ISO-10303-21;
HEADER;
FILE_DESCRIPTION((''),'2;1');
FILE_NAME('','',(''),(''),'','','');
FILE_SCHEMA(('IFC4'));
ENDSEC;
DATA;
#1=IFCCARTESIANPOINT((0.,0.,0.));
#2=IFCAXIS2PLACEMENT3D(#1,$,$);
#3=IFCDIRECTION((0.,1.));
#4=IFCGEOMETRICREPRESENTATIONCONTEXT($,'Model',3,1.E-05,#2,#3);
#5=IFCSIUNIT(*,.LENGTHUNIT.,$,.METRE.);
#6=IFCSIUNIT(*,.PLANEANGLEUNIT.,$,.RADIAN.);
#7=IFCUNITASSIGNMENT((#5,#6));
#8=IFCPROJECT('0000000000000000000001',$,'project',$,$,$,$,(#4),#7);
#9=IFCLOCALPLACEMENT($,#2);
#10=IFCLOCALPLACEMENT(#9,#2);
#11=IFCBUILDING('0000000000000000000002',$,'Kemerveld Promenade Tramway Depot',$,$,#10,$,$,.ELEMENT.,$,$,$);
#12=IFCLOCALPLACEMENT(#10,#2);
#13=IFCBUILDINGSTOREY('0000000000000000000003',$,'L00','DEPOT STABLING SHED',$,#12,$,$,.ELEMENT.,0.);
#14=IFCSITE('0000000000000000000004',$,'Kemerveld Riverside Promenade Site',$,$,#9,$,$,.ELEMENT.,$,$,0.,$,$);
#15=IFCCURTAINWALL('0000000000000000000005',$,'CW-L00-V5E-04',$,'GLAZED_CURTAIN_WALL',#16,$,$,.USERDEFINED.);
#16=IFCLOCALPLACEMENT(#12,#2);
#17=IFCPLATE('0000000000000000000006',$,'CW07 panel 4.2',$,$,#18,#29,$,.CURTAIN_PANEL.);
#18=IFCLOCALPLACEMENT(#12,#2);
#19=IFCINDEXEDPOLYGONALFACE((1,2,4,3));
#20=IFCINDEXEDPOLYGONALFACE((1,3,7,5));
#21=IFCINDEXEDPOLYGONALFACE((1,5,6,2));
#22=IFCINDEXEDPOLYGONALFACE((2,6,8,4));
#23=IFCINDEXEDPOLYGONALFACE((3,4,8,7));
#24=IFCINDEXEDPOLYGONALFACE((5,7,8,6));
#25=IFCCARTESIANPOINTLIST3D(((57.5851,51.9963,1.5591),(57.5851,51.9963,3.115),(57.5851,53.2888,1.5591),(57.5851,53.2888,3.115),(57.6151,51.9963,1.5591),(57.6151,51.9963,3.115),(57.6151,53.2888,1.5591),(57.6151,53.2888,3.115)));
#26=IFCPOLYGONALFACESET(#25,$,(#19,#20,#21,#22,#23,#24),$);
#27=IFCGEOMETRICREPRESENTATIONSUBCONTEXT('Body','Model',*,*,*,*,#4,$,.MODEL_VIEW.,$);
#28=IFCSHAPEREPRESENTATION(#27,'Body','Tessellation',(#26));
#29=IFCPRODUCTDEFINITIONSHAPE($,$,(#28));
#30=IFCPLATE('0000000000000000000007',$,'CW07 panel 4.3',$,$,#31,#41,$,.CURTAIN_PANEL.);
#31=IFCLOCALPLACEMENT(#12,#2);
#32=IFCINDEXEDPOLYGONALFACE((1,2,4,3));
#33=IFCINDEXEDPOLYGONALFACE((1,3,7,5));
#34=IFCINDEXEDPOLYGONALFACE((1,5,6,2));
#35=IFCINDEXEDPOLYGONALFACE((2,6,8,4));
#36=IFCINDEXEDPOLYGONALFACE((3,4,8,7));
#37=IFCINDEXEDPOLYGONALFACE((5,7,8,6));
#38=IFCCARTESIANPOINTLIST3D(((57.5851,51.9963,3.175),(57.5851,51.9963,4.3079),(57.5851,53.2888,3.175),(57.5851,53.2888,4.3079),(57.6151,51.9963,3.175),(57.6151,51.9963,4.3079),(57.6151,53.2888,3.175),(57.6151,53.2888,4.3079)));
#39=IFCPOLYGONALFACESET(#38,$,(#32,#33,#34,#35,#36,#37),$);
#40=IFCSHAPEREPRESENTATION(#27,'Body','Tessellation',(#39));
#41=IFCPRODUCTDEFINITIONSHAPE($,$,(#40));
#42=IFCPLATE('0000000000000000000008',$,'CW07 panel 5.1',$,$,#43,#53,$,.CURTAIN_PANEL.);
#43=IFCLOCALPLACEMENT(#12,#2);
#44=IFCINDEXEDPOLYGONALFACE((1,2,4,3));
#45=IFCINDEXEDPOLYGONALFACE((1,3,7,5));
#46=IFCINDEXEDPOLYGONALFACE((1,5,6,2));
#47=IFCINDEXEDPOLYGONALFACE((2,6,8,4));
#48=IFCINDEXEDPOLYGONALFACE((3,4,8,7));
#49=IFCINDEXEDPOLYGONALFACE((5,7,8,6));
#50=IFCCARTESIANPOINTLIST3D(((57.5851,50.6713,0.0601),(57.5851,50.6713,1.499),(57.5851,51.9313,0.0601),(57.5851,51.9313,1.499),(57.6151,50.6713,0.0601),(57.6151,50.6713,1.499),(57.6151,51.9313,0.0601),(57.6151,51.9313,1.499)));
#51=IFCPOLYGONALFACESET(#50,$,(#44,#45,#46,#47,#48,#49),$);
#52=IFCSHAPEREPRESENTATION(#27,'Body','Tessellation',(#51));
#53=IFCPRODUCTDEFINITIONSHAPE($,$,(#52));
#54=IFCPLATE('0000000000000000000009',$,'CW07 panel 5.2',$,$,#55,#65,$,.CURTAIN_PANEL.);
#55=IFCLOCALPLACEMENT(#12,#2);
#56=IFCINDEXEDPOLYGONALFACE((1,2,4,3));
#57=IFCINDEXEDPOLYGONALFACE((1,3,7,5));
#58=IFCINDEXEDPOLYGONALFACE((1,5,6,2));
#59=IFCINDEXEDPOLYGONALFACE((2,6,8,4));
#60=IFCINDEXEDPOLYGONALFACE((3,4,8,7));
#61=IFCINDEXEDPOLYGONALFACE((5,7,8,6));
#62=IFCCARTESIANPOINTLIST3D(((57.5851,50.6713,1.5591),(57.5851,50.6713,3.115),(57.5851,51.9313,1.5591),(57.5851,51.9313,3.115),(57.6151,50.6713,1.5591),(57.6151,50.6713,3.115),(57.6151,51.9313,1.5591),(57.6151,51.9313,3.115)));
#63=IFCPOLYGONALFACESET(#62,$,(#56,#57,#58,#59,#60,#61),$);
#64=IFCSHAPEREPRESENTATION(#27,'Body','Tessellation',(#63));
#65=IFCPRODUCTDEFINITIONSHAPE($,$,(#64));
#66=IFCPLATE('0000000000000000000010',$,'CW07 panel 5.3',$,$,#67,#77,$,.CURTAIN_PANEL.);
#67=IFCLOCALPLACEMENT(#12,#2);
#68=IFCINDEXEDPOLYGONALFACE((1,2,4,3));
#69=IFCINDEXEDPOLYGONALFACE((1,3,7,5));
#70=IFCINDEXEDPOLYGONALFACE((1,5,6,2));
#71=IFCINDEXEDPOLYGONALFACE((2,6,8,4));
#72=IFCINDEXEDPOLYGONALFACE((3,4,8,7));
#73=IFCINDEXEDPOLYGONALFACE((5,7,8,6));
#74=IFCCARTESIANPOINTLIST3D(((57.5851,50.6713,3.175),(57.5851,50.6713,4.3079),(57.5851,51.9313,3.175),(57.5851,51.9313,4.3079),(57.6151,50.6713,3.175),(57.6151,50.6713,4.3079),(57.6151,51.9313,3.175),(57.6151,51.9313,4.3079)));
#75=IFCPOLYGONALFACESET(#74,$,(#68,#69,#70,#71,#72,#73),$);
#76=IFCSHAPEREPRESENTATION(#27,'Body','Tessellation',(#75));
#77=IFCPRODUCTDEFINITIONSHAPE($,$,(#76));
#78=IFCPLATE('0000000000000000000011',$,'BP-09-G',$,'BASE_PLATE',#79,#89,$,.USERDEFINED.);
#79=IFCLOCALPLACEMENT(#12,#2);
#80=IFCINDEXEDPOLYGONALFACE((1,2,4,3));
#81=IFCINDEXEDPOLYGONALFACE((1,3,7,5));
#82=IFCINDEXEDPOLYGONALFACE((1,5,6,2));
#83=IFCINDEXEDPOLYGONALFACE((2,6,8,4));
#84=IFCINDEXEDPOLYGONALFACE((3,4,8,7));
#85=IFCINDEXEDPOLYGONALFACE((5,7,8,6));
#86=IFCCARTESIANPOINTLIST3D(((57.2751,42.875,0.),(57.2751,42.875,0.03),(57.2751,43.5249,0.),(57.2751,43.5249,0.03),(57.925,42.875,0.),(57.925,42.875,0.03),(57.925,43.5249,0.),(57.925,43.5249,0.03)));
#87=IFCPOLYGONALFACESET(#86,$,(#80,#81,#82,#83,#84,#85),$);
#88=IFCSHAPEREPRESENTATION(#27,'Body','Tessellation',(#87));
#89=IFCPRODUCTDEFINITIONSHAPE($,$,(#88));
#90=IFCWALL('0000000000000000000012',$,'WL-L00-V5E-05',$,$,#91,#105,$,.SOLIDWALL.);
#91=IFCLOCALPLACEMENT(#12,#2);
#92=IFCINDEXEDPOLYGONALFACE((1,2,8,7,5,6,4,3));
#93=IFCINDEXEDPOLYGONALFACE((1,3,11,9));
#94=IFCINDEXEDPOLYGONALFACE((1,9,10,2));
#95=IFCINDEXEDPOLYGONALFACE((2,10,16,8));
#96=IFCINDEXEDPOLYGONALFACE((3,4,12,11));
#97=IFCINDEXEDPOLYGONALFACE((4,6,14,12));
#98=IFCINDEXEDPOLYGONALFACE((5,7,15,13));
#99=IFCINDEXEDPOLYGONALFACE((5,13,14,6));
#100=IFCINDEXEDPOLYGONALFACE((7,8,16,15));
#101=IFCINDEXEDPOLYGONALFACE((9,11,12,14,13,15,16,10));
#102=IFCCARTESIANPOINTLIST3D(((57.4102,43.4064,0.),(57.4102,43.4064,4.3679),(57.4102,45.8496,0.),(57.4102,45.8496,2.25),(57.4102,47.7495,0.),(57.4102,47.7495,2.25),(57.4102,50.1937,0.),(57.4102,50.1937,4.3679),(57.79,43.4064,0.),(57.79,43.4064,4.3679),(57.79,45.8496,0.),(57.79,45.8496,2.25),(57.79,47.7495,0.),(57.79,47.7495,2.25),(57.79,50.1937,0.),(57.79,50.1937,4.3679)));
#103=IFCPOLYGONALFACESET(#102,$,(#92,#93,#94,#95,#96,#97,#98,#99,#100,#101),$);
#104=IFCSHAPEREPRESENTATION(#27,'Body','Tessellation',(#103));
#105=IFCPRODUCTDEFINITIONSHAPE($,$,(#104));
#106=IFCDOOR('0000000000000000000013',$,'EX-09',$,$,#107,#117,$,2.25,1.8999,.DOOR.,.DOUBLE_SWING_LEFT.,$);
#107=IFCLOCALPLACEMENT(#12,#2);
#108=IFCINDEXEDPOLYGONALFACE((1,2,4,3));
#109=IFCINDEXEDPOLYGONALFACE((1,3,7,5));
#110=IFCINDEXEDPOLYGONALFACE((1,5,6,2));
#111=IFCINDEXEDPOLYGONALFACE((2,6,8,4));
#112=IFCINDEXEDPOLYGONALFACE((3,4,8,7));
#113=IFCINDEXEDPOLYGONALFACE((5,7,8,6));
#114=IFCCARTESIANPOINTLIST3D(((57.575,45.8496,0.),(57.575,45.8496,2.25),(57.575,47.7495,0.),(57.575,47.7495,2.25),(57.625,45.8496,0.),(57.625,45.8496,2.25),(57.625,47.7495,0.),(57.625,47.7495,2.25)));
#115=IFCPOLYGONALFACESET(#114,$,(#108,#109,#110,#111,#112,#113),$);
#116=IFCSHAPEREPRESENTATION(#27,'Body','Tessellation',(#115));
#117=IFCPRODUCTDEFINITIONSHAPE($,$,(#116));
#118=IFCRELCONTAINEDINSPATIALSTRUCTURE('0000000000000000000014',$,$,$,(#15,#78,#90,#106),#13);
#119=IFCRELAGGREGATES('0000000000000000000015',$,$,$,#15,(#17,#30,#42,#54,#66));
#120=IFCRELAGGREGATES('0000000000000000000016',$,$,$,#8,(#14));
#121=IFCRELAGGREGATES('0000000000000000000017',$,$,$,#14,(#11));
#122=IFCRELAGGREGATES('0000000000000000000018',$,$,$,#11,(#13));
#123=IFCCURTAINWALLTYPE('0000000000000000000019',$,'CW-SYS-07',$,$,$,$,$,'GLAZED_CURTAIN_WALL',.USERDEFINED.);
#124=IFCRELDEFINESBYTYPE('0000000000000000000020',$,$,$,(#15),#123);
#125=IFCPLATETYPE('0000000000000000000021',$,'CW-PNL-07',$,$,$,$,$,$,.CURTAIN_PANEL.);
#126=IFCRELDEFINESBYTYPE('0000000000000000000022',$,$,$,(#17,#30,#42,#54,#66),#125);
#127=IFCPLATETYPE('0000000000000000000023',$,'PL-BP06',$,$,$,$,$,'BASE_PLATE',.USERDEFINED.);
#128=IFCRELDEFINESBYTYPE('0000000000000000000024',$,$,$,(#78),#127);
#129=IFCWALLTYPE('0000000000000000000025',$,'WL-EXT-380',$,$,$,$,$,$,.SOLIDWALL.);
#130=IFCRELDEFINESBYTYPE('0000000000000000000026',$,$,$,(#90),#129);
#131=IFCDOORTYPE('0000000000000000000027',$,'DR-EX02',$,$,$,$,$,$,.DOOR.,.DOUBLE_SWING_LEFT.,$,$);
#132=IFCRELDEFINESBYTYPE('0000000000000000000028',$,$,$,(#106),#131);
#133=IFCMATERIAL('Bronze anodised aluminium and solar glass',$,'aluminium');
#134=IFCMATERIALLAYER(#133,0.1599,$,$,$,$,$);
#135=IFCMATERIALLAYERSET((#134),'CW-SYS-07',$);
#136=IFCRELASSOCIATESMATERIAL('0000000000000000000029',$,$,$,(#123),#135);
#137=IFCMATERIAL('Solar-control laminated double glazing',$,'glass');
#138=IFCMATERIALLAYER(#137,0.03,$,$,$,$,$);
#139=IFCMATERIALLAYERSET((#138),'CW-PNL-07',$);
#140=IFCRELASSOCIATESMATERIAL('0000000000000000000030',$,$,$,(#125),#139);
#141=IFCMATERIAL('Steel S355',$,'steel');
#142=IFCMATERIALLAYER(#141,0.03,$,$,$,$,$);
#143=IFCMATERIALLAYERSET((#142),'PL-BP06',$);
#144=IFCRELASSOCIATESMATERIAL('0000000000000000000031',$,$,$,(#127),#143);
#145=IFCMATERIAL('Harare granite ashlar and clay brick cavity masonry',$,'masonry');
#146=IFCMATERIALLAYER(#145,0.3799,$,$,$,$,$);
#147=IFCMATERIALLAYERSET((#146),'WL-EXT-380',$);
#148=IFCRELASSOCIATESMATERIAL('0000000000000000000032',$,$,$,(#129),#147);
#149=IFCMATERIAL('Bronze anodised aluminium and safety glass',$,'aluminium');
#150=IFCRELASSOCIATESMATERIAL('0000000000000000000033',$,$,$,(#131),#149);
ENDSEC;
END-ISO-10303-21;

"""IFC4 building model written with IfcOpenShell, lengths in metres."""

from ifc_helpers import new_model, si_unit, direction, frame, frame_2d, origin, origin_2d, place, context, subcontext, project, spatial, rectangle, extrude, material, layer, layer_set, type_object, element, fill, aggregate, save


model = new_model("IFC4")

# Units and contexts
model_context = context("Model", 3, precision=1e-05, world=origin(), true_north=direction((0.0, 1.0)))
body_context = subcontext(model_context, "Body", "Model", "MODEL_VIEW")
ifc_project = project(units=[si_unit("LENGTHUNIT", "METRE"), si_unit("PLANEANGLEUNIT", "RADIAN")], contexts=[model_context])

# Site, building, storey
site_placement = place(None, origin())
site = spatial("IfcSite", under=ifc_project, at=site_placement, Name="Kemerveld Riverside Promenade Site", CompositionType="ELEMENT", RefElevation=0.0)
building_placement = place(site_placement, origin())
building = spatial("IfcBuilding", under=site, at=building_placement, Name="Kemerveld Promenade Tramway Depot", CompositionType="ELEMENT")
storey_placement = place(building_placement, origin())
storey = spatial("IfcBuildingStorey", under=building, at=storey_placement, Name="L00", Description="DEPOT STABLING SHED", CompositionType="ELEMENT", Elevation=0.0)

# Shared definitions
ifc_material_1 = material(Name="Steel S355", Category="steel")

# Curtain wall
ifc_material_2 = material(Name="Bronze anodised aluminium and solar glass", Category="aluminium")
ifc_layer_1 = layer(ifc_material_2, 0.1599)
ifc_layer_set_1 = layer_set([ifc_layer_1], Name="CW-SYS-07")
curtain_wall_type_1 = type_object("IfcCurtainWallType", Name="CW-SYS-07", ElementType="GLAZED_CURTAIN_WALL", PredefinedType="USERDEFINED", material=ifc_layer_set_1)
curtain_wall_1_placement = place(storey_placement, origin())
curtain_wall_1 = element("IfcCurtainWall", 1, at=curtain_wall_1_placement, inside=storey, type_object=curtain_wall_type_1, Name="CW-L00-V5E-04", ObjectType="GLAZED_CURTAIN_WALL", PredefinedType="USERDEFINED")

# Plates
ifc_material_3 = material(Name="Solar-control laminated double glazing", Category="glass")
ifc_layer_2 = layer(ifc_material_3, 0.03)
ifc_layer_set_2 = layer_set([ifc_layer_2], Name="CW-PNL-07")
plate_type_1 = type_object("IfcPlateType", Name="CW-PNL-07", PredefinedType="CURTAIN_PANEL", material=ifc_layer_set_2)
plate_1_placement = place(storey_placement, frame((57.6001, 52.6426, 1.5591), z_axis=(0.0, 0.0, 1.0), x_axis=(0.0, -1.0, 0.0)))
plate_1 = element("IfcPlate", 2, at=plate_1_placement, type_object=plate_type_1, Name="CW07 panel 4.2", PredefinedType="CURTAIN_PANEL", context=body_context, shape_type="SweptSolid", body=[
    extrude(rectangle(XDim=1.2925, YDim=0.03, at=origin_2d()), origin(), (0.0, 0.0, 1.0), 1.5559),
])
plate_2_placement = place(storey_placement, frame((57.6001, 52.6426, 3.175), z_axis=(0.0, 0.0, 1.0), x_axis=(0.0, -1.0, 0.0)))
plate_2 = element("IfcPlate", 3, at=plate_2_placement, type_object=plate_type_1, Name="CW07 panel 4.3", PredefinedType="CURTAIN_PANEL", context=body_context, shape_type="SweptSolid", body=[
    extrude(rectangle(XDim=1.2925, YDim=0.03, at=origin_2d()), origin(), (0.0, 0.0, 1.0), 1.1328),
])
plate_3_placement = place(storey_placement, frame((57.6001, 51.3013, 0.0601), z_axis=(0.0, 0.0, 1.0), x_axis=(0.0, -1.0, 0.0)))
plate_3 = element("IfcPlate", 4, at=plate_3_placement, type_object=plate_type_1, Name="CW07 panel 5.1", PredefinedType="CURTAIN_PANEL", context=body_context, shape_type="SweptSolid", body=[
    extrude(rectangle(XDim=1.26, YDim=0.03, at=origin_2d()), origin(), (0.0, 0.0, 1.0), 1.439),
])
plate_4_placement = place(storey_placement, frame((57.6001, 51.3013, 1.5591), z_axis=(0.0, 0.0, 1.0), x_axis=(0.0, -1.0, 0.0)))
plate_4 = element("IfcPlate", 5, at=plate_4_placement, type_object=plate_type_1, Name="CW07 panel 5.2", PredefinedType="CURTAIN_PANEL", context=body_context, shape_type="SweptSolid", body=[
    extrude(rectangle(XDim=1.26, YDim=0.03, at=origin_2d()), origin(), (0.0, 0.0, 1.0), 1.5559),
])
plate_5_placement = place(storey_placement, frame((57.6001, 51.3013, 3.175), z_axis=(0.0, 0.0, 1.0), x_axis=(0.0, -1.0, 0.0)))
plate_5 = element("IfcPlate", 6, at=plate_5_placement, type_object=plate_type_1, Name="CW07 panel 5.3", PredefinedType="CURTAIN_PANEL", context=body_context, shape_type="SweptSolid", body=[
    extrude(rectangle(XDim=1.26, YDim=0.03, at=origin_2d()), origin(), (0.0, 0.0, 1.0), 1.1328),
])
aggregate(curtain_wall_1, [plate_1, plate_2, plate_3, plate_4, plate_5])
ifc_layer_3 = layer(ifc_material_1, 0.03)
ifc_layer_set_3 = layer_set([ifc_layer_3], Name="PL-BP06")
plate_type_2 = type_object("IfcPlateType", Name="PL-BP06", ElementType="BASE_PLATE", PredefinedType="USERDEFINED", material=ifc_layer_set_3)
plate_6_placement = place(storey_placement, frame((57.6001, 43.2, 0.0), z_axis=(0.0, 0.0, 1.0), x_axis=(1.0, 0.0, 0.0)))
element("IfcPlate", 7, at=plate_6_placement, inside=storey, type_object=plate_type_2, Name="BP-09-G", ObjectType="BASE_PLATE", PredefinedType="USERDEFINED", context=body_context, shape_type="SweptSolid", body=[
    extrude(rectangle(XDim=0.6499, YDim=0.6499, at=origin_2d()), origin(), (0.0, 0.0, 1.0), 0.03),
])

# Wall, opening, door
ifc_material_4 = material(Name="Harare granite ashlar and clay brick cavity masonry", Category="masonry")
ifc_layer_4 = layer(ifc_material_4, 0.3799)
ifc_layer_set_4 = layer_set([ifc_layer_4], Name="WL-EXT-380")
wall_type = type_object("IfcWallType", Name="WL-EXT-380", PredefinedType="SOLIDWALL", material=ifc_layer_set_4)
wall_placement = place(storey_placement, frame((57.6001, 50.1936, 0.0), z_axis=(0.0, 0.0, 1.0), x_axis=(0.0, -1.0, 0.0)))
wall = element("IfcWall", 8, at=wall_placement, inside=storey, type_object=wall_type, Name="WL-L00-V5E-05", PredefinedType="SOLIDWALL", context=body_context, shape_type="SweptSolid", body=[
    extrude(rectangle(XDim=6.7874, YDim=0.3799, at=frame_2d((3.3936, 0.0))), origin(), (0.0, 0.0, 1.0), 4.3679),
])
opening_placement = place(wall_placement, frame((2.4441, 0.0, 0.0)))
opening = element("IfcOpeningElement", 9, at=opening_placement, cuts=wall, PredefinedType="OPENING", context=body_context, shape_type="SweptSolid", body=[
    extrude(rectangle(XDim=1.8999, YDim=2.25, at=frame_2d((0.95, 1.125))), frame((0.0, 0.2, 0.0), z_axis=(0.0, -1.0, 0.0), x_axis=(1.0, 0.0, 0.0)), (0.0, 0.0, 1.0), 0.3999),
])
ifc_material_5 = material(Name="Bronze anodised aluminium and safety glass", Category="aluminium")
door_type = type_object("IfcDoorType", Name="DR-EX02", OperationType="DOUBLE_SWING_LEFT", PredefinedType="DOOR", material=ifc_material_5)
door_placement = place(opening_placement, origin())
door = element("IfcDoor", 10, at=door_placement, inside=storey, type_object=door_type, Name="EX-09", OperationType="DOUBLE_SWING_LEFT", OverallHeight=2.25, OverallWidth=1.8999, PredefinedType="DOOR", context=body_context, shape_type="SweptSolid", body=[
    extrude(rectangle(XDim=1.8999, YDim=2.25, at=frame_2d((0.95, 1.125))), frame((0.0, 0.0249, 0.0), z_axis=(0.0, -1.0, 0.0), x_axis=(1.0, 0.0, 0.0)), (0.0, 0.0, 1.0), 0.05),
])
fill(opening, door)

save(model, "model.ifc")
